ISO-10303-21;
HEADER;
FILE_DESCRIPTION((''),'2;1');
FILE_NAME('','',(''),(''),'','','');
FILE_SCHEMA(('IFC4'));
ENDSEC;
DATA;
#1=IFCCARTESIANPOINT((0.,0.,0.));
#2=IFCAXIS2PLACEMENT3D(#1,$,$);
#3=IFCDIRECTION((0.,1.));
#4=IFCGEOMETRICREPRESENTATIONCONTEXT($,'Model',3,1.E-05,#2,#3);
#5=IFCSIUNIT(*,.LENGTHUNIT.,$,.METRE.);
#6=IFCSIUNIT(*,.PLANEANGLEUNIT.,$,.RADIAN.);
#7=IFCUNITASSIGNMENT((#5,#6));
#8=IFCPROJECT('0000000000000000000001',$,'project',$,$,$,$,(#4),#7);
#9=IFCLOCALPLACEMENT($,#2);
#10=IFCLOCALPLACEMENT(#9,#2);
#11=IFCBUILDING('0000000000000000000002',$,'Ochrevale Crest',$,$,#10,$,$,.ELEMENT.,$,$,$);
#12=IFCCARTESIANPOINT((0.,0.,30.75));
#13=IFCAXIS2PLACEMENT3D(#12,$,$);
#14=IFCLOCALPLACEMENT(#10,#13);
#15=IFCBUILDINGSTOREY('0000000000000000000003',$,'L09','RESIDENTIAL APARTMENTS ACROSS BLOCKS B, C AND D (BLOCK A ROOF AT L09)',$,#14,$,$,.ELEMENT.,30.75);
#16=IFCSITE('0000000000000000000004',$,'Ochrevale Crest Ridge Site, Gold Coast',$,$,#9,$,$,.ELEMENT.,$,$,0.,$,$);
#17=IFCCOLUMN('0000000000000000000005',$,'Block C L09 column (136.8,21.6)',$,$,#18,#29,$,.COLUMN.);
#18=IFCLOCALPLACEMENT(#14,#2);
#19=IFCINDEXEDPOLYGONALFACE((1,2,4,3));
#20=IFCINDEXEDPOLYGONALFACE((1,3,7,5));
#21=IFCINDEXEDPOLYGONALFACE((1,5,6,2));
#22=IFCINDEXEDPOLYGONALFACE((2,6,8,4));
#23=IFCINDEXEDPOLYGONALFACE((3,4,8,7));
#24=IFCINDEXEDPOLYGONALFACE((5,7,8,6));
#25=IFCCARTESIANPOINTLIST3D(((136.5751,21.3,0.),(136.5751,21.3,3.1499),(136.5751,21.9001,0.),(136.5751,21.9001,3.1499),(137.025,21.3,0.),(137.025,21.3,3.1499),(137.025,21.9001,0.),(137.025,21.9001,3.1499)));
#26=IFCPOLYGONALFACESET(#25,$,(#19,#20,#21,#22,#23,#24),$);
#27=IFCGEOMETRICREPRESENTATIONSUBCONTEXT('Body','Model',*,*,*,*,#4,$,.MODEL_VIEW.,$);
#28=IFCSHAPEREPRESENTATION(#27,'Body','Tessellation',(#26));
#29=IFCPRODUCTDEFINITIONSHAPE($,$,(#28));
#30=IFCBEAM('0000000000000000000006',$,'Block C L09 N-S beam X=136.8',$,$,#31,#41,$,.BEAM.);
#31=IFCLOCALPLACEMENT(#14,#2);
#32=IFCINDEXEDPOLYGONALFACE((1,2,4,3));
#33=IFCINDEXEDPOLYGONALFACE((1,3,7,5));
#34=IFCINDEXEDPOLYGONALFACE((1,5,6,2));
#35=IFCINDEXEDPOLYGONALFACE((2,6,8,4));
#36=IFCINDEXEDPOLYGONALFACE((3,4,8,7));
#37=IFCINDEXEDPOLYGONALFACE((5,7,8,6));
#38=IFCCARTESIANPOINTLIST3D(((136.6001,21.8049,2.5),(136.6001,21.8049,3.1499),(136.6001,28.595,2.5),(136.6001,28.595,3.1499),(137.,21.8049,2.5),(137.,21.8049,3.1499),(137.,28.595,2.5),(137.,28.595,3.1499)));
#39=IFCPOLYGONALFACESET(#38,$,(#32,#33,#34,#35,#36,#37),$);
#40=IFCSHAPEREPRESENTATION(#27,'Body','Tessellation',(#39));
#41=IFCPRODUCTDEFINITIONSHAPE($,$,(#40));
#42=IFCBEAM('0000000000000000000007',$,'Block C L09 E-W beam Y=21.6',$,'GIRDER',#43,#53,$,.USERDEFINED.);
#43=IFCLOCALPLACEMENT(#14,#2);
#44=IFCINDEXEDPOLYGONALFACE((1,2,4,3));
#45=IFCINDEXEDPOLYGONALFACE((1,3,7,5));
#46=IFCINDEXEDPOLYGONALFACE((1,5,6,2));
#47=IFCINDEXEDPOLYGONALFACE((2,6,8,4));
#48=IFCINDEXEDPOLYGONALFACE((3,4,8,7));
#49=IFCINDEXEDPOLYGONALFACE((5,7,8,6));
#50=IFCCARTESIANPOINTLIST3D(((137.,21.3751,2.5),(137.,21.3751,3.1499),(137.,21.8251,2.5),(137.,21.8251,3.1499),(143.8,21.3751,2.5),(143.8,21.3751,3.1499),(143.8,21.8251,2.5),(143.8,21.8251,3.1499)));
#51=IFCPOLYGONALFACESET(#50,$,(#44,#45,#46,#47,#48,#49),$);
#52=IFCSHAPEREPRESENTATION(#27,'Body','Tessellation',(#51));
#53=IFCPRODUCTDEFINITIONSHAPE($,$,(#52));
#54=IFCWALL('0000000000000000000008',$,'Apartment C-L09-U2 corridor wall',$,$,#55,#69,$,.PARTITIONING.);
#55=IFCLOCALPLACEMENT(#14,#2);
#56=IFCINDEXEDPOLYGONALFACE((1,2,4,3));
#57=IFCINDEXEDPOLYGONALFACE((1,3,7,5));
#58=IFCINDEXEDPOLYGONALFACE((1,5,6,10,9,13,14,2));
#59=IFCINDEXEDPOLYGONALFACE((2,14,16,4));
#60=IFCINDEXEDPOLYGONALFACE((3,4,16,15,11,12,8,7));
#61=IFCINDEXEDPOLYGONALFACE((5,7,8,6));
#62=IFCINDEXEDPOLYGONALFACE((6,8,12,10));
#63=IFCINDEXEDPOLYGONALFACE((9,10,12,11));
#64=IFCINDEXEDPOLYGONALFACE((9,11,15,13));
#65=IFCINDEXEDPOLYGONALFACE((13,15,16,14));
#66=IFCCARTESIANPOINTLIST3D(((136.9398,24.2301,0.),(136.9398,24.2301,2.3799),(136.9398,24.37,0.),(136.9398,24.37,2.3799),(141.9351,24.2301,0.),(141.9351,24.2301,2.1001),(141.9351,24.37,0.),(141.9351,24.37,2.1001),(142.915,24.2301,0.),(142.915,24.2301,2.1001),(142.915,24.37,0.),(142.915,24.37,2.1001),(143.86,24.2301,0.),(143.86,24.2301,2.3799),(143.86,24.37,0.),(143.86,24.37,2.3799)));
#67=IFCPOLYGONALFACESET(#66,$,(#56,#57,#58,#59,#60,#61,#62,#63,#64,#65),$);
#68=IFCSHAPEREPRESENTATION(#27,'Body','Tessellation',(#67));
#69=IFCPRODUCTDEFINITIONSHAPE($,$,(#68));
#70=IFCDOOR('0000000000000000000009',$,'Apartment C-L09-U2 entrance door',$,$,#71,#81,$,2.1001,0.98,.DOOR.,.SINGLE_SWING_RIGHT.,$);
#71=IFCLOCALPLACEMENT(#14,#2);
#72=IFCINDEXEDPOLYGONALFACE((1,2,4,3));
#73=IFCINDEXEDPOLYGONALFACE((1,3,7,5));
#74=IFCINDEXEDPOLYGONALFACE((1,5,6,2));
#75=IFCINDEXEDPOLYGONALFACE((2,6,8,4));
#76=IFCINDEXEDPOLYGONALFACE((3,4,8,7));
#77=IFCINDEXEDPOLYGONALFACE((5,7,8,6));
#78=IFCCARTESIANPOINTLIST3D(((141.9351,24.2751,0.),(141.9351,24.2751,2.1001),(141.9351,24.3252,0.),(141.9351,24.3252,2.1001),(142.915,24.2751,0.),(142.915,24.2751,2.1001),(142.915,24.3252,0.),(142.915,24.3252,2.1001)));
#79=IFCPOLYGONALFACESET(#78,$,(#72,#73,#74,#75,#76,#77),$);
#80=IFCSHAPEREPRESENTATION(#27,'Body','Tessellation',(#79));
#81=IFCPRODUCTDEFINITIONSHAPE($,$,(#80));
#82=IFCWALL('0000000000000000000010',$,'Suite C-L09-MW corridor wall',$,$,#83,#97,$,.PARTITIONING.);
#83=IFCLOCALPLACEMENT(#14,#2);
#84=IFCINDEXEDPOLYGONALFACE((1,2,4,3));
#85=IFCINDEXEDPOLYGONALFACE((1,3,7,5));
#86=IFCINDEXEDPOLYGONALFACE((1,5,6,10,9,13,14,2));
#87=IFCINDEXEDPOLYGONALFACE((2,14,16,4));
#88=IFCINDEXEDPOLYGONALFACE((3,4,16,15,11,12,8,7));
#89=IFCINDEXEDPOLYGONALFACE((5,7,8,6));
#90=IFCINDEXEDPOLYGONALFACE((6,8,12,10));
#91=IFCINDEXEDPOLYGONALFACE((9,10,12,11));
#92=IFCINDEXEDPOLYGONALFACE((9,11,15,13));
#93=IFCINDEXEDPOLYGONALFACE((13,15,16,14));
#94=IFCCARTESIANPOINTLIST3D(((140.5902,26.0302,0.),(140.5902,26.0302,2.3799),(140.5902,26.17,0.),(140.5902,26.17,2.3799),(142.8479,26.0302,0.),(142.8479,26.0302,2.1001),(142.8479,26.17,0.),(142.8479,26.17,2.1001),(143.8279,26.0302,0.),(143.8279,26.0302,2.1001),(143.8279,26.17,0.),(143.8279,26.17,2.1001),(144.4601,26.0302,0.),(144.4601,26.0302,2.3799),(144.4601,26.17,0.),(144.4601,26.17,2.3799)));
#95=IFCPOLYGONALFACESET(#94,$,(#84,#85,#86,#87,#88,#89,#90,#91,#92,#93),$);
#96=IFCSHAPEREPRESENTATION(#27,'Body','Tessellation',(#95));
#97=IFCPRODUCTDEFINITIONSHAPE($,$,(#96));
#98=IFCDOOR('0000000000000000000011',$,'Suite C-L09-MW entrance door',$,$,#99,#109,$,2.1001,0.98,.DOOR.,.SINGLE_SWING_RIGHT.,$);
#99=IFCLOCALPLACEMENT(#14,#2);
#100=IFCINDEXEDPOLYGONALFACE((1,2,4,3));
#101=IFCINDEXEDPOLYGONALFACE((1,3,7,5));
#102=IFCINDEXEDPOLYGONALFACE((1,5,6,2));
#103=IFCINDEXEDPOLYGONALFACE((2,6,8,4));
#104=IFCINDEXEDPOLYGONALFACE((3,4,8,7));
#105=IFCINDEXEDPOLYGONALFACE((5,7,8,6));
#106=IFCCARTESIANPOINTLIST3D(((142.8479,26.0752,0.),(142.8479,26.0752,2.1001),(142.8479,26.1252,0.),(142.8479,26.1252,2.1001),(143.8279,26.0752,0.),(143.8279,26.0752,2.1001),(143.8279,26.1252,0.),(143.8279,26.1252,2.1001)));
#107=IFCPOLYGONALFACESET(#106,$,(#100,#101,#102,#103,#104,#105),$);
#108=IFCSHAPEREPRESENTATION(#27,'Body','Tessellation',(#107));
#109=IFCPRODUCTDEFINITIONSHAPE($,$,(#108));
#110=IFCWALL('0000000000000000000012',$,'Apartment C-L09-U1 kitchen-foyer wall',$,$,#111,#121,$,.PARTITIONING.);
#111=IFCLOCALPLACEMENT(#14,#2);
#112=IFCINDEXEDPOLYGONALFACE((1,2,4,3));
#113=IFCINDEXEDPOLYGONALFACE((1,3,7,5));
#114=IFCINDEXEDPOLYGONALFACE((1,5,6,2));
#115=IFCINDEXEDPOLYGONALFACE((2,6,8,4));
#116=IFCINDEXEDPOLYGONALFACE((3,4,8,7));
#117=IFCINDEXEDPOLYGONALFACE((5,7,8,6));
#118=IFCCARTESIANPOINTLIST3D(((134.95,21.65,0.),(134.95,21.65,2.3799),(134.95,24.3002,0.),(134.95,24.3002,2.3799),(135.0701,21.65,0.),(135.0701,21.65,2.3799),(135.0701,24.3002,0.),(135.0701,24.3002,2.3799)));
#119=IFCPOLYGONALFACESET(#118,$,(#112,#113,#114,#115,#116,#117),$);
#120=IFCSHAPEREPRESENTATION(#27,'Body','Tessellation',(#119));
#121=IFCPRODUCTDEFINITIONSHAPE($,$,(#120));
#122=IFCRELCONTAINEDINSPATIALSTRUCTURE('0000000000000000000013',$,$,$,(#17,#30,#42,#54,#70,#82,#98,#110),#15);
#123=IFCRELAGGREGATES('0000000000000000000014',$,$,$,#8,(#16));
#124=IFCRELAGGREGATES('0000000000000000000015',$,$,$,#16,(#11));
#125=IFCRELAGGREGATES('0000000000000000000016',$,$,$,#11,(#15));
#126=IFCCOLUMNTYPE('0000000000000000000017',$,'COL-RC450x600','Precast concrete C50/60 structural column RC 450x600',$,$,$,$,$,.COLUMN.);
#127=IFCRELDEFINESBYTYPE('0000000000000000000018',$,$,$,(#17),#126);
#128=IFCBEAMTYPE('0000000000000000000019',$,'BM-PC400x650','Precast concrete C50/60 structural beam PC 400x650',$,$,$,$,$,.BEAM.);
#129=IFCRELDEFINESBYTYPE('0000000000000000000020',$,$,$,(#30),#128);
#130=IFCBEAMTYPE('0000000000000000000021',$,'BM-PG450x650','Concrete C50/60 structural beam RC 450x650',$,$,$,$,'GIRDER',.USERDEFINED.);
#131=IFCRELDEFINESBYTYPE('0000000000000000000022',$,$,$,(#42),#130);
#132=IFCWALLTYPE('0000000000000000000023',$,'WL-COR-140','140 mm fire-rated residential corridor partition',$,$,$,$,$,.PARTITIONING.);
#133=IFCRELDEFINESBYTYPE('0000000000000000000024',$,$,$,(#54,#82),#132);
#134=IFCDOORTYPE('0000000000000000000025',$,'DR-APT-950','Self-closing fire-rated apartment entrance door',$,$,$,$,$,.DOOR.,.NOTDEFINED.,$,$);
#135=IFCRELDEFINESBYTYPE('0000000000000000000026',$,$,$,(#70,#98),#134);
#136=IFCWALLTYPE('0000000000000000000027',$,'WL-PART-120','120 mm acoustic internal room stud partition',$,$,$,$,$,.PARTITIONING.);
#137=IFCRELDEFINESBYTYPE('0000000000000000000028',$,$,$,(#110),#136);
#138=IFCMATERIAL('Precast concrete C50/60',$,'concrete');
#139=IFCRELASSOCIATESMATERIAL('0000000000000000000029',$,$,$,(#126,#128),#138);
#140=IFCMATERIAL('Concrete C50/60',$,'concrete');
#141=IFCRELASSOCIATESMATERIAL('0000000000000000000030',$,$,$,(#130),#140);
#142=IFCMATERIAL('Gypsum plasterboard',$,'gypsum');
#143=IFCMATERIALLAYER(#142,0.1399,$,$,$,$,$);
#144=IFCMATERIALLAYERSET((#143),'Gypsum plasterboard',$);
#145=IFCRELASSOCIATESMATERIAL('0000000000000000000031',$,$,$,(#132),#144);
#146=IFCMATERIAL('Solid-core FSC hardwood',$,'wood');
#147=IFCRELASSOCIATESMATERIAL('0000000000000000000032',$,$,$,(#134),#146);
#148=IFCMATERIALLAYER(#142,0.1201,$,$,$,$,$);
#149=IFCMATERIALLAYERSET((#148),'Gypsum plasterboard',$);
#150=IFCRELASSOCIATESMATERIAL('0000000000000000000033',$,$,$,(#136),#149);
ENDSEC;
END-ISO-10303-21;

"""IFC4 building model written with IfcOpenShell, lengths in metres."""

from ifc_helpers import new_model, si_unit, direction, frame, frame_2d, origin, origin_2d, place, context, subcontext, project, spatial, rectangle, extrude, material, layer, layer_set, material_profile, profile_set, type_object, element, fill, save


model = new_model("IFC4")

# Units and contexts
model_context = context("Model", 3, precision=1e-05, world=origin(), true_north=direction((0.0, 1.0)))
body_context = subcontext(model_context, "Body", "Model", "MODEL_VIEW")
ifc_project = project(units=[si_unit("LENGTHUNIT", "METRE"), si_unit("PLANEANGLEUNIT", "RADIAN")], contexts=[model_context])

# Site, building, storey
site_placement = place(None, origin())
site = spatial("IfcSite", under=ifc_project, at=site_placement, Name="Ochrevale Crest Ridge Site, Gold Coast", CompositionType="ELEMENT", RefElevation=0.0)
building_placement = place(site_placement, origin())
building = spatial("IfcBuilding", under=site, at=building_placement, Name="Ochrevale Crest", CompositionType="ELEMENT")
storey_placement = place(building_placement, frame((0.0, 0.0, 30.75)))
storey = spatial("IfcBuildingStorey", under=building, at=storey_placement, Name="L09", Description="RESIDENTIAL APARTMENTS ACROSS BLOCKS B, C AND D (BLOCK A ROOF AT L09)", CompositionType="ELEMENT", Elevation=30.75)

# Column
ifc_material_1 = material(Name="Precast concrete C50/60", Category="concrete")
ifc_material_profile_1 = material_profile(ifc_material_1, rectangle(XDim=0.45, YDim=0.6001, at=origin_2d()), Name="RC 450x600")
ifc_profile_set_1 = profile_set([ifc_material_profile_1], Name="Precast concrete C50/60")
column_type = type_object("IfcColumnType", Name="COL-RC450x600", Description="Precast concrete C50/60 structural column RC 450x600", PredefinedType="COLUMN", material=ifc_profile_set_1)
column_placement = place(storey_placement, frame((136.8, 21.6001, 0.0), z_axis=(0.0, 0.0, 1.0), x_axis=(1.0, 0.0, 0.0)))
element("IfcColumn", 1, at=column_placement, inside=storey, type_object=column_type, Name="Block C L09 column (136.8,21.6)", PredefinedType="COLUMN", context=body_context, shape_type="SweptSolid", body=[
    extrude(rectangle(XDim=0.45, YDim=0.6001, at=origin_2d()), origin(), (0.0, 0.0, 1.0), 3.1499),
])

# Beams
ifc_material_profile_2 = material_profile(ifc_material_1, rectangle(XDim=0.3999, YDim=0.6499, at=origin_2d()), Name="PC 400x650")
ifc_profile_set_2 = profile_set([ifc_material_profile_2], Name="Precast concrete C50/60")
beam_type_1 = type_object("IfcBeamType", Name="BM-PC400x650", Description="Precast concrete C50/60 structural beam PC 400x650", PredefinedType="BEAM", material=ifc_profile_set_2)
beam_1_placement = place(storey_placement, frame((136.8, 21.8049, 2.825), z_axis=(0.0, 1.0, 0.0), x_axis=(-1.0, 0.0, 0.0)))
element("IfcBeam", 2, at=beam_1_placement, inside=storey, type_object=beam_type_1, Name="Block C L09 N-S beam X=136.8", PredefinedType="BEAM", context=body_context, shape_type="SweptSolid", body=[
    extrude(rectangle(XDim=0.3999, YDim=0.6499, at=origin_2d()), origin(), (0.0, 0.0, 1.0), 6.79),
])
ifc_material_2 = material(Name="Concrete C50/60", Category="concrete")
ifc_material_profile_3 = material_profile(ifc_material_2, rectangle(XDim=0.45, YDim=0.6499, at=origin_2d()), Name="RC 450x650")
ifc_profile_set_3 = profile_set([ifc_material_profile_3], Name="Concrete C50/60")
beam_type_2 = type_object("IfcBeamType", Name="BM-PG450x650", Description="Concrete C50/60 structural beam RC 450x650", ElementType="GIRDER", PredefinedType="USERDEFINED", material=ifc_profile_set_3)
beam_2_placement = place(storey_placement, frame((137.0, 21.6001, 2.825), z_axis=(1.0, 0.0, 0.0), x_axis=(0.0, 1.0, 0.0)))
element("IfcBeam", 3, at=beam_2_placement, inside=storey, type_object=beam_type_2, Name="Block C L09 E-W beam Y=21.6", ObjectType="GIRDER", PredefinedType="USERDEFINED", context=body_context, shape_type="SweptSolid", body=[
    extrude(rectangle(XDim=0.45, YDim=0.6499, at=origin_2d()), origin(), (0.0, 0.0, 1.0), 6.8),
])

# Walls, openings, doors
ifc_material_3 = material(Name="Gypsum plasterboard", Category="gypsum")
ifc_layer_1 = layer(ifc_material_3, 0.1399)
ifc_layer_set_1 = layer_set([ifc_layer_1], Name="Gypsum plasterboard")
wall_type_1 = type_object("IfcWallType", Name="WL-COR-140", Description="140 mm fire-rated residential corridor partition", PredefinedType="PARTITIONING", material=ifc_layer_set_1)
wall_1_placement = place(storey_placement, frame((136.9399, 24.3, 0.0), z_axis=(0.0, 0.0, 1.0), x_axis=(1.0, 0.0, 0.0)))
wall_1 = element("IfcWall", 4, at=wall_1_placement, inside=storey, type_object=wall_type_1, Name="Apartment C-L09-U2 corridor wall", PredefinedType="PARTITIONING", context=body_context, shape_type="SweptSolid", body=[
    extrude(rectangle(XDim=6.9202, YDim=0.1399, at=frame_2d((3.46, 0.0))), origin(), (0.0, 0.0, 1.0), 2.3799),
])
opening_1_placement = place(wall_1_placement, frame((5.9751, 0.0, 0.0), z_axis=(0.0, 0.0, 1.0), x_axis=(-1.0, 0.0, 0.0)))
opening_1 = element("IfcOpeningElement", 5, at=opening_1_placement, cuts=wall_1, PredefinedType="OPENING", context=body_context, shape_type="SweptSolid", body=[
    extrude(rectangle(XDim=0.98, YDim=2.1001, at=frame_2d((0.49, 1.05))), frame((0.0, 0.0801, 0.0), z_axis=(0.0, -1.0, 0.0), x_axis=(1.0, 0.0, 0.0)), (0.0, 0.0, 1.0), 0.1599),
])
ifc_material_4 = material(Name="Solid-core FSC hardwood", Category="wood")
door_type_1 = type_object("IfcDoorType", Name="DR-APT-950", Description="Self-closing fire-rated apartment entrance door", OperationType="NOTDEFINED", PredefinedType="DOOR", material=ifc_material_4)
door_1_placement = place(opening_1_placement, origin())
door_1 = element("IfcDoor", 6, at=door_1_placement, inside=storey, type_object=door_type_1, Name="Apartment C-L09-U2 entrance door", OperationType="SINGLE_SWING_RIGHT", OverallHeight=2.1001, OverallWidth=0.98, PredefinedType="DOOR", context=body_context, shape_type="SweptSolid", body=[
    extrude(rectangle(XDim=0.98, YDim=2.1001, at=frame_2d((0.49, 1.05))), frame((0.0, 0.0249, 0.0), z_axis=(0.0, -1.0, 0.0), x_axis=(1.0, 0.0, 0.0)), (0.0, 0.0, 1.0), 0.05),
])
fill(opening_1, door_1)
wall_2_placement = place(storey_placement, frame((140.5901, 26.1001, 0.0), z_axis=(0.0, 0.0, 1.0), x_axis=(1.0, 0.0, 0.0)))
wall_2 = element("IfcWall", 7, at=wall_2_placement, inside=storey, type_object=wall_type_1, Name="Suite C-L09-MW corridor wall", PredefinedType="PARTITIONING", context=body_context, shape_type="SweptSolid", body=[
    extrude(rectangle(XDim=3.8699, YDim=0.1399, at=frame_2d((1.9351, 0.0))), origin(), (0.0, 0.0, 1.0), 2.3799),
])
opening_2_placement = place(wall_2_placement, frame((3.2378, 0.0, 0.0), z_axis=(0.0, 0.0, 1.0), x_axis=(-1.0, 0.0, 0.0)))
opening_2 = element("IfcOpeningElement", 8, at=opening_2_placement, cuts=wall_2, PredefinedType="OPENING", context=body_context, shape_type="SweptSolid", body=[
    extrude(rectangle(XDim=0.98, YDim=2.1001, at=frame_2d((0.49, 1.05))), frame((0.0, 0.0801, 0.0), z_axis=(0.0, -1.0, 0.0), x_axis=(1.0, 0.0, 0.0)), (0.0, 0.0, 1.0), 0.1599),
])
door_2_placement = place(opening_2_placement, origin())
door_2 = element("IfcDoor", 9, at=door_2_placement, inside=storey, type_object=door_type_1, Name="Suite C-L09-MW entrance door", OperationType="SINGLE_SWING_RIGHT", OverallHeight=2.1001, OverallWidth=0.98, PredefinedType="DOOR", context=body_context, shape_type="SweptSolid", body=[
    extrude(rectangle(XDim=0.98, YDim=2.1001, at=frame_2d((0.49, 1.05))), frame((0.0, 0.0249, 0.0), z_axis=(0.0, -1.0, 0.0), x_axis=(1.0, 0.0, 0.0)), (0.0, 0.0, 1.0), 0.05),
])
fill(opening_2, door_2)

# Wall
ifc_layer_2 = layer(ifc_material_3, 0.1201)
ifc_layer_set_2 = layer_set([ifc_layer_2], Name="Gypsum plasterboard")
wall_type_2 = type_object("IfcWallType", Name="WL-PART-120", Description="120 mm acoustic internal room stud partition", PredefinedType="PARTITIONING", material=ifc_layer_set_2)
wall_3_placement = place(storey_placement, frame((135.01, 21.6499, 0.0), z_axis=(0.0, 0.0, 1.0), x_axis=(0.0, 1.0, 0.0)))
element("IfcWall", 10, at=wall_3_placement, inside=storey, type_object=wall_type_2, Name="Apartment C-L09-U1 kitchen-foyer wall", PredefinedType="PARTITIONING", context=body_context, shape_type="SweptSolid", body=[
    extrude(rectangle(XDim=2.6501, YDim=0.1201, at=frame_2d((1.3252, 0.0))), origin(), (0.0, 0.0, 1.0), 2.3799),
])

save(model, "model.ifc")
